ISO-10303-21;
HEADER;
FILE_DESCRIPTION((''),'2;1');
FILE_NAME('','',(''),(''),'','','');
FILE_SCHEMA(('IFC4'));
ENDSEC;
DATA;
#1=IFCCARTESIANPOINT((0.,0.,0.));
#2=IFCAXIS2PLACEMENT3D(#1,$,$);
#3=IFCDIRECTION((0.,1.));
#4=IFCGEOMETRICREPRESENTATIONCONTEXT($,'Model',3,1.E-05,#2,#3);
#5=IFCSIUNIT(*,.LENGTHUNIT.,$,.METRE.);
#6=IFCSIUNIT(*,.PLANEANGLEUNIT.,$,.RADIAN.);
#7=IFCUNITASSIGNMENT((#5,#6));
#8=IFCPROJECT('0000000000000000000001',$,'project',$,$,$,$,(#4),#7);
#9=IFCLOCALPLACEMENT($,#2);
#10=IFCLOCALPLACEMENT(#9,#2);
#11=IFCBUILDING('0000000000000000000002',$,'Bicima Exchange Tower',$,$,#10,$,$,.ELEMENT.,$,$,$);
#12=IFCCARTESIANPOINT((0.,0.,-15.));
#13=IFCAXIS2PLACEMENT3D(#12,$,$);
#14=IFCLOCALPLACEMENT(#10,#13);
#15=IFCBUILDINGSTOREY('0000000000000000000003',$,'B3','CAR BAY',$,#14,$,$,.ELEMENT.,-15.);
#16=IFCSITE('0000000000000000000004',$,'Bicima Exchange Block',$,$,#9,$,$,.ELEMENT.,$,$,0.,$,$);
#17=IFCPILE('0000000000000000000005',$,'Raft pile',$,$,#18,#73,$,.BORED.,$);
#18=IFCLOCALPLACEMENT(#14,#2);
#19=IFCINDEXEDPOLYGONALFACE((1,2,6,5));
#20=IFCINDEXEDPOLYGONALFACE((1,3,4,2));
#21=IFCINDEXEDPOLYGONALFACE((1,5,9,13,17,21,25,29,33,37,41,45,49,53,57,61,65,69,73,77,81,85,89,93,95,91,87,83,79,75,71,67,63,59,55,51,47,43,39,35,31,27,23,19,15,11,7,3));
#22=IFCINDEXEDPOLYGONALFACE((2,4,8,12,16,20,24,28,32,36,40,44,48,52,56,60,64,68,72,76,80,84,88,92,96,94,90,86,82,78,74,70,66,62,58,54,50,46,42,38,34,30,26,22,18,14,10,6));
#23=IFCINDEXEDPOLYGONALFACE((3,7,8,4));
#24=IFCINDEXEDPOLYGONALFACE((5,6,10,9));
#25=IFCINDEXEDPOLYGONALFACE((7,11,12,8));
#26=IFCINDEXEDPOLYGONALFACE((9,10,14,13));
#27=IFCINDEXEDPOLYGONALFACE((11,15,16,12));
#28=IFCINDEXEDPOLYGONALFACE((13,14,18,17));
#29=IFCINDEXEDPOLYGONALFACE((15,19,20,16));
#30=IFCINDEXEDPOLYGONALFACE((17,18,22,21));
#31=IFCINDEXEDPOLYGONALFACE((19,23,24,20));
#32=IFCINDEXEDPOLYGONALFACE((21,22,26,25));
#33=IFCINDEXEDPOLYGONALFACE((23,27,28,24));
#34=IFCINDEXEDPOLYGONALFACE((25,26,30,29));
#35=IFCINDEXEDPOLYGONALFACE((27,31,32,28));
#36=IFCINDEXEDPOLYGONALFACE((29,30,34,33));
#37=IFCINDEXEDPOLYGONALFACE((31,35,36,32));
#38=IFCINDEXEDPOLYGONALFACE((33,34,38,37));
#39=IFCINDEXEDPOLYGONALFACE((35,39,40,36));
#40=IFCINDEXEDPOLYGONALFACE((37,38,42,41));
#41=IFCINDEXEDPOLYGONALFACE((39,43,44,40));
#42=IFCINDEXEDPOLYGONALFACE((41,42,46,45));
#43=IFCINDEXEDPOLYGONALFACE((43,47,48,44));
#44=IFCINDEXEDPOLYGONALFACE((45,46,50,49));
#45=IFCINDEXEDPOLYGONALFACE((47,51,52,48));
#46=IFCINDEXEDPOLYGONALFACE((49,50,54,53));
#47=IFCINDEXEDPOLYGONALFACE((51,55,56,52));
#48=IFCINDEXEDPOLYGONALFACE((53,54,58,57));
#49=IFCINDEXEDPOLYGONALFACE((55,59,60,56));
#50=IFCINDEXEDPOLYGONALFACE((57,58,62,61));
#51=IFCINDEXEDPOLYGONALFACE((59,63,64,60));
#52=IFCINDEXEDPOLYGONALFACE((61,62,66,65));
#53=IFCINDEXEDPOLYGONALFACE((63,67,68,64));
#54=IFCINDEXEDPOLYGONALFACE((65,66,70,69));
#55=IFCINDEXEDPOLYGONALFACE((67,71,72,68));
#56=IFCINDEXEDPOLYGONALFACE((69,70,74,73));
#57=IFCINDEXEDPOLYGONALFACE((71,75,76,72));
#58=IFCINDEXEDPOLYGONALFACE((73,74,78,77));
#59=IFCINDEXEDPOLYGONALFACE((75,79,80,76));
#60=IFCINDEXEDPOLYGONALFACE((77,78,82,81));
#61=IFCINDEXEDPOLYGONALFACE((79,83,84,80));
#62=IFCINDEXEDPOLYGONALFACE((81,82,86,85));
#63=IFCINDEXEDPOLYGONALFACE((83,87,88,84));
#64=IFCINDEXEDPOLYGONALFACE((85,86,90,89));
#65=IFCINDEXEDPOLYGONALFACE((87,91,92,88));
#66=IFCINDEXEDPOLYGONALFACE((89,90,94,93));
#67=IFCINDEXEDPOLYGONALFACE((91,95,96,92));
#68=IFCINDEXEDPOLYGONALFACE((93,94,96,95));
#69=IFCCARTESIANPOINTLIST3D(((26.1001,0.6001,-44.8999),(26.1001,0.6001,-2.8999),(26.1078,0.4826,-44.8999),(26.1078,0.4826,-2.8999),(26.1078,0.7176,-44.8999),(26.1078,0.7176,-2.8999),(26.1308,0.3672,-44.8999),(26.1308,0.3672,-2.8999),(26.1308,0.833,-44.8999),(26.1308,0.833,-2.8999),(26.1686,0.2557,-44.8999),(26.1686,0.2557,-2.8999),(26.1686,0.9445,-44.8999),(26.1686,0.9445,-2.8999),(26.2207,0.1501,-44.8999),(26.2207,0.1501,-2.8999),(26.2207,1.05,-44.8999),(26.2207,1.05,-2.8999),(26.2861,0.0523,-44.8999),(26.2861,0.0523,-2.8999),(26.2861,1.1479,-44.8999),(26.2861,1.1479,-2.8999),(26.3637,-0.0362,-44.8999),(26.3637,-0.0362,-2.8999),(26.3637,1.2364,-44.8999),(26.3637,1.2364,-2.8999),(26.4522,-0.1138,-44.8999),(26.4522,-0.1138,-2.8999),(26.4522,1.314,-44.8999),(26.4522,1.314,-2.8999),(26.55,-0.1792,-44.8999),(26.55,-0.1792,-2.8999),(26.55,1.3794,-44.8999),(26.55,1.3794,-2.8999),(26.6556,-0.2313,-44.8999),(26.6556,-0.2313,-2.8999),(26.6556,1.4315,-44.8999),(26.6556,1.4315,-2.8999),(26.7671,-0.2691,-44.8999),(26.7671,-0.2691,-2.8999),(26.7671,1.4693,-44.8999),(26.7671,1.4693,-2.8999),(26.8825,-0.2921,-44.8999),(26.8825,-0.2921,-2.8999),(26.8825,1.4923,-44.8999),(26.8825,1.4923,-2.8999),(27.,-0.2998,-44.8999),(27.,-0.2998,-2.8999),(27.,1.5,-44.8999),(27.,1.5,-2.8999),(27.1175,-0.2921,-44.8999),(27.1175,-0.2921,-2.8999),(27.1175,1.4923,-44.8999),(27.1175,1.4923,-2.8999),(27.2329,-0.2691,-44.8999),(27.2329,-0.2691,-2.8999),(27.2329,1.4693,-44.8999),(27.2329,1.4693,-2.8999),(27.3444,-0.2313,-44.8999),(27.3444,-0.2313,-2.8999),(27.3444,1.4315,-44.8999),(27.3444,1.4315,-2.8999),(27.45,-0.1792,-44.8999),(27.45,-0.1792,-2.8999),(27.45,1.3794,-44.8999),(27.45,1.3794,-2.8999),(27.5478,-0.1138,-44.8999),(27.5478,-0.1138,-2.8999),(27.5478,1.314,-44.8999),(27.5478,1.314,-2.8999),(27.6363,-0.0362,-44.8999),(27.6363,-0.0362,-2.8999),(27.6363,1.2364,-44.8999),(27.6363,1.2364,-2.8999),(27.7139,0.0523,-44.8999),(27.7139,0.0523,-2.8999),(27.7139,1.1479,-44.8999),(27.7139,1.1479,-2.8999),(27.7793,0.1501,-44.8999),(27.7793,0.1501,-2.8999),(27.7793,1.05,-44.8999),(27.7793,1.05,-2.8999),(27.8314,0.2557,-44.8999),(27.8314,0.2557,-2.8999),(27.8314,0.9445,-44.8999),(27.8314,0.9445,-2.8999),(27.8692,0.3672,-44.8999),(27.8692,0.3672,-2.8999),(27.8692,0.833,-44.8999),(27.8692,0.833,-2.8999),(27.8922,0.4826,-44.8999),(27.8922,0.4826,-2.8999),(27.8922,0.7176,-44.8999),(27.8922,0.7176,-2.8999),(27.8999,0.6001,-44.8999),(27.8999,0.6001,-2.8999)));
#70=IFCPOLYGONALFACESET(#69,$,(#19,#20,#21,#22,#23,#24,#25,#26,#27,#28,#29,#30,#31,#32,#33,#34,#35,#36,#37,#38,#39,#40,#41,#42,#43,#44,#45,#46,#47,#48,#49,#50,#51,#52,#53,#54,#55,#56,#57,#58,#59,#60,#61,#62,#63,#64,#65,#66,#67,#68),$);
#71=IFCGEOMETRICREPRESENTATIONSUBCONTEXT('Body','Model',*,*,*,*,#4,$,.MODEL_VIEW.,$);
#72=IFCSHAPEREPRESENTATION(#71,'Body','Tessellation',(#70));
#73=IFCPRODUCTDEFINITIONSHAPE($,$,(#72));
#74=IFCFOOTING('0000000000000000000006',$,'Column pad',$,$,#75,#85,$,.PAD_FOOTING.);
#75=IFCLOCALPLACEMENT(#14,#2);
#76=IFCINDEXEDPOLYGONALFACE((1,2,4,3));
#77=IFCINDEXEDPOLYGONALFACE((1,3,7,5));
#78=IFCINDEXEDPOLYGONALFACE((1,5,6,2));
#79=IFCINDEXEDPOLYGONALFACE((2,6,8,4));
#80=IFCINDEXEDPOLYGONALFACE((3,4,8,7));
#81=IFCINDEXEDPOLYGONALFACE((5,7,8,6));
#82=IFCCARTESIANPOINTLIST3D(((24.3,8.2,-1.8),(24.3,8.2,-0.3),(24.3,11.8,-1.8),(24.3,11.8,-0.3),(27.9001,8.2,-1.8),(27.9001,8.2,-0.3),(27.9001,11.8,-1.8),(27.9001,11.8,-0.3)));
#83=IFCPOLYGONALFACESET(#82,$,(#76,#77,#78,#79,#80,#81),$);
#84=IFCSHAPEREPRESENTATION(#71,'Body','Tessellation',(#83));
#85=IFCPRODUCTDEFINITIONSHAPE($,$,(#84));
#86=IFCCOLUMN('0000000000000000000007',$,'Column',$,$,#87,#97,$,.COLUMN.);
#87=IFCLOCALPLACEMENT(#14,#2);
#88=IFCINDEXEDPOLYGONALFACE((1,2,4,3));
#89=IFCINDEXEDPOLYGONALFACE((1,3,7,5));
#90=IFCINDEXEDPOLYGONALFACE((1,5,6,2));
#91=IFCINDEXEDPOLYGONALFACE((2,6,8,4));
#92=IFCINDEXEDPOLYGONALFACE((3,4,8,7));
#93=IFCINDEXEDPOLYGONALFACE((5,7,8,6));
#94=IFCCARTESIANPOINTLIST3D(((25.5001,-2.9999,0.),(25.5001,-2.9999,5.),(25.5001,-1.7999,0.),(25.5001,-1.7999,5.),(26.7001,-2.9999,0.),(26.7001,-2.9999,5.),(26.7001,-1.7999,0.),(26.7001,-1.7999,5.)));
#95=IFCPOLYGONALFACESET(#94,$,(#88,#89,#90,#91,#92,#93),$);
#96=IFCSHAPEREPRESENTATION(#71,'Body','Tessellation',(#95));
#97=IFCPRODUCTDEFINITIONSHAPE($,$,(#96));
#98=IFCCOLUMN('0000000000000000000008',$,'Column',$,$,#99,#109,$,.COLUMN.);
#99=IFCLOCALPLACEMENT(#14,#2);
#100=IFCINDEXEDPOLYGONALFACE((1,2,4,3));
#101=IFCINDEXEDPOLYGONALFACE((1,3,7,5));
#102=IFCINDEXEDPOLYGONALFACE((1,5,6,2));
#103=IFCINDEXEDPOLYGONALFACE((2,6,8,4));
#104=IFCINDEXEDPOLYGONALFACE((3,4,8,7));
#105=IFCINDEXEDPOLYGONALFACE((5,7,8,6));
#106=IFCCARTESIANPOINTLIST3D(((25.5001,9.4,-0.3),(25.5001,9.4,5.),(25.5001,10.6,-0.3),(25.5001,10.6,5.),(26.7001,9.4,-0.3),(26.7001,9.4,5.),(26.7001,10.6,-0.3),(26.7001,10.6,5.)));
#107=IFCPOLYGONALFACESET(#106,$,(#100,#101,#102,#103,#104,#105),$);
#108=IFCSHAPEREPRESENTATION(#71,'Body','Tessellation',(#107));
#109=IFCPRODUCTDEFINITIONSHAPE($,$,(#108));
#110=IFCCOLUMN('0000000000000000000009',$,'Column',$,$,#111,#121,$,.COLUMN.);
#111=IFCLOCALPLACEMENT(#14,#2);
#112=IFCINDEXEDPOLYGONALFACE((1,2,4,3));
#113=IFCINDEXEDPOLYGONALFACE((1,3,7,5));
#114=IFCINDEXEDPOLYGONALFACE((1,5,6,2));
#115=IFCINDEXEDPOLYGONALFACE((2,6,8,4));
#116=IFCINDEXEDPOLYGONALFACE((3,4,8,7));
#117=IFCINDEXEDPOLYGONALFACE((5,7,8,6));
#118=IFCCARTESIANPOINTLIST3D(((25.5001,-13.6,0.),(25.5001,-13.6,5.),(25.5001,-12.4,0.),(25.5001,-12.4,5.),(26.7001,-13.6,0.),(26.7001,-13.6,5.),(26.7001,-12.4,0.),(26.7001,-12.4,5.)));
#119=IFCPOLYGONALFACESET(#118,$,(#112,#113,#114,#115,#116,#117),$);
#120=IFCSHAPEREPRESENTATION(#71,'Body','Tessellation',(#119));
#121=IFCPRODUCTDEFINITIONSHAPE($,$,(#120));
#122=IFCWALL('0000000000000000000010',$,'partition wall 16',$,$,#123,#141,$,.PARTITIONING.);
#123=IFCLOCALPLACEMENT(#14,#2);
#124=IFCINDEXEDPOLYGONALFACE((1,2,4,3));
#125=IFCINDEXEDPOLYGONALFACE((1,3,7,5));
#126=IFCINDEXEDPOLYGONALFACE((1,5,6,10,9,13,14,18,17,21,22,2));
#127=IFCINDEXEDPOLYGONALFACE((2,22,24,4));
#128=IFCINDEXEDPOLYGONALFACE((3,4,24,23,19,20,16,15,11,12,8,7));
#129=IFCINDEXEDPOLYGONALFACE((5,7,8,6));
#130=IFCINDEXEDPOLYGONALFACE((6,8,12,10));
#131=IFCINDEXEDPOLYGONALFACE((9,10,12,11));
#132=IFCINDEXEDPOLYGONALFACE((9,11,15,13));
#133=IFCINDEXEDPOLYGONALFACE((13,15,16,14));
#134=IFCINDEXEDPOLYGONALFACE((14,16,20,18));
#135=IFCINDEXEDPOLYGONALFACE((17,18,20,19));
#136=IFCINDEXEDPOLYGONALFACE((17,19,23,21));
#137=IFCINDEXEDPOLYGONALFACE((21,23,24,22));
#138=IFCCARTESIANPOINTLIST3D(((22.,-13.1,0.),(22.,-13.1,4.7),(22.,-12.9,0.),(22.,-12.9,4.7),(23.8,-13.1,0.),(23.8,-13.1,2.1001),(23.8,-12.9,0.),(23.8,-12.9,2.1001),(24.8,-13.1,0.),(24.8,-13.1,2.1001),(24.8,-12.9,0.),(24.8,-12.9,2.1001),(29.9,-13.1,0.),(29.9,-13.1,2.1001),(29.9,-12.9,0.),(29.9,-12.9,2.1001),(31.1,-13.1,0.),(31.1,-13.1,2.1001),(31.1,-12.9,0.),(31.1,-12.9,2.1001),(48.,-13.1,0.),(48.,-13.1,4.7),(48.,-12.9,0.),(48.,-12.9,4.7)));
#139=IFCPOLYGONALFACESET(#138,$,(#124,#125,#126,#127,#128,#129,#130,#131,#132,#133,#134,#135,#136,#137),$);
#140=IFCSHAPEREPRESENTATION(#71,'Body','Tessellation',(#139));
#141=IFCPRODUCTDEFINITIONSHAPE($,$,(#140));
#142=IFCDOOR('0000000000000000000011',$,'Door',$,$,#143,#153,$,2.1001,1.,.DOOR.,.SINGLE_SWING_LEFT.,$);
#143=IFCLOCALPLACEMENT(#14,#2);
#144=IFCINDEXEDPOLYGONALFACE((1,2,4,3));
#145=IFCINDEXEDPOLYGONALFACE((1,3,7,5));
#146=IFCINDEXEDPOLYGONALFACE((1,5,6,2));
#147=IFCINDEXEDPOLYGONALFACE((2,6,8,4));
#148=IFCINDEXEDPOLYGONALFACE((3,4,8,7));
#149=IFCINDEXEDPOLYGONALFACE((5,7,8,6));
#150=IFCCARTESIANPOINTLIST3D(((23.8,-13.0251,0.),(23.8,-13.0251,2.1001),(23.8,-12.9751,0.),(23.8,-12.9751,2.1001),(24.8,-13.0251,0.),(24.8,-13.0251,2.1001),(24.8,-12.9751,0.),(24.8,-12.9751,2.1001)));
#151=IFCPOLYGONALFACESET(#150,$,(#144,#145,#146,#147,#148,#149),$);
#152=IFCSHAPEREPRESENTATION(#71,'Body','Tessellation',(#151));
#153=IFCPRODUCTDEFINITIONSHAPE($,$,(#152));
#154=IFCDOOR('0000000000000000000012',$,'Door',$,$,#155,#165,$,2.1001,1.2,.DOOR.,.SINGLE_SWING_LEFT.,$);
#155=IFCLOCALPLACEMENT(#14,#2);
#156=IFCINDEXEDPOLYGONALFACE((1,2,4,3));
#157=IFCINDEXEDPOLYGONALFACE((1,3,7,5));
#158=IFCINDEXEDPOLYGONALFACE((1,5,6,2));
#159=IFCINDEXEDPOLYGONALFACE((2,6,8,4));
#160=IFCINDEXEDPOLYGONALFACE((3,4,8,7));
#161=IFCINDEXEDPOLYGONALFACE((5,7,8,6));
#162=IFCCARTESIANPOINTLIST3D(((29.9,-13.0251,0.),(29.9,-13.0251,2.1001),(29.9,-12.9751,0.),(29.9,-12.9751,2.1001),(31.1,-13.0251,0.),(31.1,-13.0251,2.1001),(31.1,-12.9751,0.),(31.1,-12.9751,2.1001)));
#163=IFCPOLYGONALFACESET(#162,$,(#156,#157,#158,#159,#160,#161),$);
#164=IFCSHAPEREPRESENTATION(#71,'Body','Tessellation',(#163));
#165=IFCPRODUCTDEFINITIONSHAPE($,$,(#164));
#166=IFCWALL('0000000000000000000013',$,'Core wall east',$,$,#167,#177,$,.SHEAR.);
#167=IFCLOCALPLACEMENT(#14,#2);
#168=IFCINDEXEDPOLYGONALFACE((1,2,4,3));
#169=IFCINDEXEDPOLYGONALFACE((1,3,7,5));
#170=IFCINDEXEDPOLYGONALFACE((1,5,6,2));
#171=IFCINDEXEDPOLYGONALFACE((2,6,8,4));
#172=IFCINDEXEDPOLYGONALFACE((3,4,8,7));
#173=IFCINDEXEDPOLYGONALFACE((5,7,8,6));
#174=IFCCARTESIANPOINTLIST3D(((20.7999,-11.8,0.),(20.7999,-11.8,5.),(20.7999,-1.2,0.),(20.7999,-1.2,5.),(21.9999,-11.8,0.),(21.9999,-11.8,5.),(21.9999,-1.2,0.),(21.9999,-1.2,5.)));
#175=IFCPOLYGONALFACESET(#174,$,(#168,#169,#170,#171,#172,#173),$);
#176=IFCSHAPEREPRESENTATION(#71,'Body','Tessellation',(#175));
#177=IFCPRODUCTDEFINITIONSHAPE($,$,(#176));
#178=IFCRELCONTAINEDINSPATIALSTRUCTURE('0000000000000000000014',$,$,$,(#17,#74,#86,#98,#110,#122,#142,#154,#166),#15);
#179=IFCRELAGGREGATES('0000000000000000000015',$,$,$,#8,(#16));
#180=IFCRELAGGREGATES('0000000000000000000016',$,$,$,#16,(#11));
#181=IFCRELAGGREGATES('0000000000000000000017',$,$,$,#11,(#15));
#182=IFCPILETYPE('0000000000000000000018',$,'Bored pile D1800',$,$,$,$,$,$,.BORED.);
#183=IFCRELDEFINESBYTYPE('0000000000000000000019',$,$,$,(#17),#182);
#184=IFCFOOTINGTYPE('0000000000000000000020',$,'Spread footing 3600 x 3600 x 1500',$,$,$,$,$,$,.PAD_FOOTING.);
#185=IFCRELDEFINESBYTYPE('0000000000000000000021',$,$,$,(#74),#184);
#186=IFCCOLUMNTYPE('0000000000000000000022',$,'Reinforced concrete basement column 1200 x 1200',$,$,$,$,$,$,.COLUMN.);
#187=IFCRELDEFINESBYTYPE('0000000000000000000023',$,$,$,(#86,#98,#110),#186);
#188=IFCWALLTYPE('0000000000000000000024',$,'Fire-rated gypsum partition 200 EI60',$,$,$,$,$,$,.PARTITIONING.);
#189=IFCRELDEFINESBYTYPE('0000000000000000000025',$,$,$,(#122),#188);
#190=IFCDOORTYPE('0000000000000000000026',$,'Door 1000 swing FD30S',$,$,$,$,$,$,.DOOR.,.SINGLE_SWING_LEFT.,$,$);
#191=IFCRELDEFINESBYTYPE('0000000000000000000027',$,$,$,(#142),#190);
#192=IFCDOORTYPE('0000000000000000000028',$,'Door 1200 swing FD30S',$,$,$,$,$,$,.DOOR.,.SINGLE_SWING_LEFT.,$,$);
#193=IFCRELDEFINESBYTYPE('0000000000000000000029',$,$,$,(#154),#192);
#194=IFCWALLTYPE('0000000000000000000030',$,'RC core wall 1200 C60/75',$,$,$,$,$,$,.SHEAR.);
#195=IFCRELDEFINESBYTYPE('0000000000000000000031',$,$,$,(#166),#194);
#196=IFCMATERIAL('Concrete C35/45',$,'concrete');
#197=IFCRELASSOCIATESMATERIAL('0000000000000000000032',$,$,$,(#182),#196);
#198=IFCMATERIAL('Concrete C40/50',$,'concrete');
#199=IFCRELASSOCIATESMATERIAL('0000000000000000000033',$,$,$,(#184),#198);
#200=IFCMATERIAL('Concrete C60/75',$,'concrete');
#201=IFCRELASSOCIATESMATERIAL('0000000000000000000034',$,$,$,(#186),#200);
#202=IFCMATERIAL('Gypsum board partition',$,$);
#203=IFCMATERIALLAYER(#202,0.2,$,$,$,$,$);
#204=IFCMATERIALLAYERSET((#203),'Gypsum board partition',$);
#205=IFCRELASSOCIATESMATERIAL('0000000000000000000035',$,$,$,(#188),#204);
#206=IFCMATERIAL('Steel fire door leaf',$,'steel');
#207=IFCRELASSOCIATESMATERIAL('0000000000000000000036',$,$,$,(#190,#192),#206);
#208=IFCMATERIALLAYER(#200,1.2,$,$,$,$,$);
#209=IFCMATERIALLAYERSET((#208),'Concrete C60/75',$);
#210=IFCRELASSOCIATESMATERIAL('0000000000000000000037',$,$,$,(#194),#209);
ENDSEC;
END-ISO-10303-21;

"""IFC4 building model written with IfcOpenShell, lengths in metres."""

from ifc_helpers import new_model, si_unit, direction, frame, frame_2d, origin, origin_2d, place, context, subcontext, project, spatial, rectangle, circle, extrude, material, layer, layer_set, material_profile, profile_set, type_object, element, fill, save


model = new_model("IFC4")

# Units and contexts
model_context = context("Model", 3, precision=1e-05, world=origin(), true_north=direction((0.0, 1.0)))
body_context = subcontext(model_context, "Body", "Model", "MODEL_VIEW")
ifc_project = project(units=[si_unit("LENGTHUNIT", "METRE"), si_unit("PLANEANGLEUNIT", "RADIAN")], contexts=[model_context])

# Site, building, storey
site_placement = place(None, origin())
site = spatial("IfcSite", under=ifc_project, at=site_placement, Name="Bicima Exchange Block", CompositionType="ELEMENT", RefElevation=0.0)
building_placement = place(site_placement, origin())
building = spatial("IfcBuilding", under=site, at=building_placement, Name="Bicima Exchange Tower", CompositionType="ELEMENT")
storey_placement = place(building_placement, frame((0.0, 0.0, -15.0)))
storey = spatial("IfcBuildingStorey", under=building, at=storey_placement, Name="B3", Description="CAR BAY", CompositionType="ELEMENT", Elevation=-15.0)

# Pile
ifc_material_1 = material(Name="Concrete C35/45", Category="concrete")
ifc_material_profile_1 = material_profile(ifc_material_1, circle(Radius=0.8999, at=origin_2d()))
ifc_profile_set_1 = profile_set([ifc_material_profile_1], Name="Concrete C35/45")
pile_type = type_object("IfcPileType", Name="Bored pile D1800", PredefinedType="BORED", material=ifc_profile_set_1)
for number, where, z_axis, x_axis, name in (
    (1, (27.0, 0.6001, -2.8999), (0.0, 0.0, -1.0), (1.0, 0.0, 0.0), "Raft pile"),
):
    element("IfcPile", number, at=place(storey_placement, frame(where, z_axis=z_axis, x_axis=x_axis)), inside=storey, type_object=pile_type, Name=name, PredefinedType="BORED", context=body_context, shape_type="SweptSolid", body=[
        extrude(circle(Radius=0.8999, at=origin_2d()), origin(), (0.0, 0.0, 1.0), 42.0),
    ])

# Footing
ifc_material_2 = material(Name="Concrete C40/50", Category="concrete")
footing_type = type_object("IfcFootingType", Name="Spread footing 3600 x 3600 x 1500", PredefinedType="PAD_FOOTING", material=ifc_material_2)
footing_placement = place(storey_placement, frame((26.1001, 10.0, -1.8), z_axis=(0.0, 0.0, 1.0), x_axis=(1.0, 0.0, 0.0)))
element("IfcFooting", 2, at=footing_placement, inside=storey, type_object=footing_type, Name="Column pad", PredefinedType="PAD_FOOTING", context=body_context, shape_type="SweptSolid", body=[
    extrude(rectangle(XDim=3.6001, YDim=3.6001, at=origin_2d()), origin(), (0.0, 0.0, 1.0), 1.5),
])

# Columns
ifc_material_3 = material(Name="Concrete C60/75", Category="concrete")
ifc_material_profile_2 = material_profile(ifc_material_3, rectangle(XDim=1.2, YDim=1.2, at=origin_2d()))
ifc_profile_set_2 = profile_set([ifc_material_profile_2], Name="Concrete C60/75")
column_type = type_object("IfcColumnType", Name="Reinforced concrete basement column 1200 x 1200", PredefinedType="COLUMN", material=ifc_profile_set_2)
column_1_placement = place(storey_placement, frame((26.1001, -2.3999, 0.0), z_axis=(0.0, 0.0, 1.0), x_axis=(1.0, 0.0, 0.0)))
element("IfcColumn", 3, at=column_1_placement, inside=storey, type_object=column_type, Name="Column", PredefinedType="COLUMN", context=body_context, shape_type="SweptSolid", body=[
    extrude(rectangle(XDim=1.2, YDim=1.2, at=origin_2d()), origin(), (0.0, 0.0, 1.0), 5.0),
])
column_2_placement = place(storey_placement, frame((26.1001, 10.0, -0.3), z_axis=(0.0, 0.0, 1.0), x_axis=(1.0, 0.0, 0.0)))
element("IfcColumn", 4, at=column_2_placement, inside=storey, type_object=column_type, Name="Column", PredefinedType="COLUMN", context=body_context, shape_type="SweptSolid", body=[
    extrude(rectangle(XDim=1.2, YDim=1.2, at=origin_2d()), origin(), (0.0, 0.0, 1.0), 5.3),
])
column_3_placement = place(storey_placement, frame((26.1001, -13.0, 0.0), z_axis=(0.0, 0.0, 1.0), x_axis=(1.0, 0.0, 0.0)))
element("IfcColumn", 5, at=column_3_placement, inside=storey, type_object=column_type, Name="Column", PredefinedType="COLUMN", context=body_context, shape_type="SweptSolid", body=[
    extrude(rectangle(XDim=1.2, YDim=1.2, at=origin_2d()), origin(), (0.0, 0.0, 1.0), 5.0),
])

# Wall, openings, doors
ifc_material_4 = material(Name="Gypsum board partition")
ifc_layer_1 = layer(ifc_material_4, 0.2)
ifc_layer_set_1 = layer_set([ifc_layer_1], Name="Gypsum board partition")
wall_type_1 = type_object("IfcWallType", Name="Fire-rated gypsum partition 200 EI60", PredefinedType="PARTITIONING", material=ifc_layer_set_1)
wall_1_placement = place(storey_placement, frame((22.0, -13.0, 0.0), z_axis=(0.0, 0.0, 1.0), x_axis=(1.0, 0.0, 0.0)))
wall_1 = element("IfcWall", 6, at=wall_1_placement, inside=storey, type_object=wall_type_1, Name="partition wall 16", PredefinedType="PARTITIONING", context=body_context, shape_type="SweptSolid", body=[
    extrude(rectangle(XDim=26.0, YDim=0.2, at=frame_2d((13.0, 0.0))), origin(), (0.0, 0.0, 1.0), 4.7),
])
opening_1_placement = place(wall_1_placement, frame((7.8999, 0.0, 0.0)))
opening_1 = element("IfcOpeningElement", 7, at=opening_1_placement, cuts=wall_1, PredefinedType="OPENING", context=body_context, shape_type="SweptSolid", body=[
    extrude(rectangle(XDim=1.2, YDim=2.1001, at=frame_2d((0.6001, 1.05))), frame((0.0, 0.1118, 0.0), z_axis=(0.0, -1.0, 0.0), x_axis=(1.0, 0.0, 0.0)), (0.0, 0.0, 1.0), 0.2239),
])
opening_2_placement = place(wall_1_placement, frame((1.8, 0.0, 0.0)))
opening_2 = element("IfcOpeningElement", 8, at=opening_2_placement, cuts=wall_1, PredefinedType="OPENING", context=body_context, shape_type="SweptSolid", body=[
    extrude(rectangle(XDim=1.0, YDim=2.1001, at=frame_2d((0.5, 1.05))), frame((0.0, 0.1118, 0.0), z_axis=(0.0, -1.0, 0.0), x_axis=(1.0, 0.0, 0.0)), (0.0, 0.0, 1.0), 0.2239),
])
ifc_material_5 = material(Name="Steel fire door leaf", Category="steel")
door_type_1 = type_object("IfcDoorType", Name="Door 1000 swing FD30S", OperationType="SINGLE_SWING_LEFT", PredefinedType="DOOR", material=ifc_material_5)
door_1_placement = place(opening_2_placement, origin())
door_1 = element("IfcDoor", 9, at=door_1_placement, inside=storey, type_object=door_type_1, Name="Door", OperationType="SINGLE_SWING_LEFT", OverallHeight=2.1001, OverallWidth=1.0, PredefinedType="DOOR", context=body_context, shape_type="SweptSolid", body=[
    extrude(rectangle(XDim=1.0, YDim=2.1001, at=frame_2d((0.5, 1.05))), frame((0.0, 0.0249, 0.0), z_axis=(0.0, -1.0, 0.0), x_axis=(1.0, 0.0, 0.0)), (0.0, 0.0, 1.0), 0.05),
])
fill(opening_2, door_1)
door_type_2 = type_object("IfcDoorType", Name="Door 1200 swing FD30S", OperationType="SINGLE_SWING_LEFT", PredefinedType="DOOR", material=ifc_material_5)
door_2_placement = place(opening_1_placement, origin())
door_2 = element("IfcDoor", 10, at=door_2_placement, inside=storey, type_object=door_type_2, Name="Door", OperationType="SINGLE_SWING_LEFT", OverallHeight=2.1001, OverallWidth=1.2, PredefinedType="DOOR", context=body_context, shape_type="SweptSolid", body=[
    extrude(rectangle(XDim=1.2, YDim=2.1001, at=frame_2d((0.6001, 1.05))), frame((0.0, 0.0249, 0.0), z_axis=(0.0, -1.0, 0.0), x_axis=(1.0, 0.0, 0.0)), (0.0, 0.0, 1.0), 0.05),
])
fill(opening_1, door_2)

# Wall
ifc_layer_2 = layer(ifc_material_3, 1.2)
ifc_layer_set_2 = layer_set([ifc_layer_2], Name="Concrete C60/75")
wall_type_2 = type_object("IfcWallType", Name="RC core wall 1200 C60/75", PredefinedType="SHEAR", material=ifc_layer_set_2)
wall_2_placement = place(storey_placement, frame((21.3999, -11.8, 0.0), z_axis=(0.0, 0.0, 1.0), x_axis=(0.0, 1.0, 0.0)))
element("IfcWall", 11, at=wall_2_placement, inside=storey, type_object=wall_type_2, Name="Core wall east", PredefinedType="SHEAR", context=body_context, shape_type="SweptSolid", body=[
    extrude(rectangle(XDim=10.6001, YDim=1.2, at=frame_2d((5.3, 0.0))), origin(), (0.0, 0.0, 1.0), 5.0),
])

save(model, "model.ifc")
